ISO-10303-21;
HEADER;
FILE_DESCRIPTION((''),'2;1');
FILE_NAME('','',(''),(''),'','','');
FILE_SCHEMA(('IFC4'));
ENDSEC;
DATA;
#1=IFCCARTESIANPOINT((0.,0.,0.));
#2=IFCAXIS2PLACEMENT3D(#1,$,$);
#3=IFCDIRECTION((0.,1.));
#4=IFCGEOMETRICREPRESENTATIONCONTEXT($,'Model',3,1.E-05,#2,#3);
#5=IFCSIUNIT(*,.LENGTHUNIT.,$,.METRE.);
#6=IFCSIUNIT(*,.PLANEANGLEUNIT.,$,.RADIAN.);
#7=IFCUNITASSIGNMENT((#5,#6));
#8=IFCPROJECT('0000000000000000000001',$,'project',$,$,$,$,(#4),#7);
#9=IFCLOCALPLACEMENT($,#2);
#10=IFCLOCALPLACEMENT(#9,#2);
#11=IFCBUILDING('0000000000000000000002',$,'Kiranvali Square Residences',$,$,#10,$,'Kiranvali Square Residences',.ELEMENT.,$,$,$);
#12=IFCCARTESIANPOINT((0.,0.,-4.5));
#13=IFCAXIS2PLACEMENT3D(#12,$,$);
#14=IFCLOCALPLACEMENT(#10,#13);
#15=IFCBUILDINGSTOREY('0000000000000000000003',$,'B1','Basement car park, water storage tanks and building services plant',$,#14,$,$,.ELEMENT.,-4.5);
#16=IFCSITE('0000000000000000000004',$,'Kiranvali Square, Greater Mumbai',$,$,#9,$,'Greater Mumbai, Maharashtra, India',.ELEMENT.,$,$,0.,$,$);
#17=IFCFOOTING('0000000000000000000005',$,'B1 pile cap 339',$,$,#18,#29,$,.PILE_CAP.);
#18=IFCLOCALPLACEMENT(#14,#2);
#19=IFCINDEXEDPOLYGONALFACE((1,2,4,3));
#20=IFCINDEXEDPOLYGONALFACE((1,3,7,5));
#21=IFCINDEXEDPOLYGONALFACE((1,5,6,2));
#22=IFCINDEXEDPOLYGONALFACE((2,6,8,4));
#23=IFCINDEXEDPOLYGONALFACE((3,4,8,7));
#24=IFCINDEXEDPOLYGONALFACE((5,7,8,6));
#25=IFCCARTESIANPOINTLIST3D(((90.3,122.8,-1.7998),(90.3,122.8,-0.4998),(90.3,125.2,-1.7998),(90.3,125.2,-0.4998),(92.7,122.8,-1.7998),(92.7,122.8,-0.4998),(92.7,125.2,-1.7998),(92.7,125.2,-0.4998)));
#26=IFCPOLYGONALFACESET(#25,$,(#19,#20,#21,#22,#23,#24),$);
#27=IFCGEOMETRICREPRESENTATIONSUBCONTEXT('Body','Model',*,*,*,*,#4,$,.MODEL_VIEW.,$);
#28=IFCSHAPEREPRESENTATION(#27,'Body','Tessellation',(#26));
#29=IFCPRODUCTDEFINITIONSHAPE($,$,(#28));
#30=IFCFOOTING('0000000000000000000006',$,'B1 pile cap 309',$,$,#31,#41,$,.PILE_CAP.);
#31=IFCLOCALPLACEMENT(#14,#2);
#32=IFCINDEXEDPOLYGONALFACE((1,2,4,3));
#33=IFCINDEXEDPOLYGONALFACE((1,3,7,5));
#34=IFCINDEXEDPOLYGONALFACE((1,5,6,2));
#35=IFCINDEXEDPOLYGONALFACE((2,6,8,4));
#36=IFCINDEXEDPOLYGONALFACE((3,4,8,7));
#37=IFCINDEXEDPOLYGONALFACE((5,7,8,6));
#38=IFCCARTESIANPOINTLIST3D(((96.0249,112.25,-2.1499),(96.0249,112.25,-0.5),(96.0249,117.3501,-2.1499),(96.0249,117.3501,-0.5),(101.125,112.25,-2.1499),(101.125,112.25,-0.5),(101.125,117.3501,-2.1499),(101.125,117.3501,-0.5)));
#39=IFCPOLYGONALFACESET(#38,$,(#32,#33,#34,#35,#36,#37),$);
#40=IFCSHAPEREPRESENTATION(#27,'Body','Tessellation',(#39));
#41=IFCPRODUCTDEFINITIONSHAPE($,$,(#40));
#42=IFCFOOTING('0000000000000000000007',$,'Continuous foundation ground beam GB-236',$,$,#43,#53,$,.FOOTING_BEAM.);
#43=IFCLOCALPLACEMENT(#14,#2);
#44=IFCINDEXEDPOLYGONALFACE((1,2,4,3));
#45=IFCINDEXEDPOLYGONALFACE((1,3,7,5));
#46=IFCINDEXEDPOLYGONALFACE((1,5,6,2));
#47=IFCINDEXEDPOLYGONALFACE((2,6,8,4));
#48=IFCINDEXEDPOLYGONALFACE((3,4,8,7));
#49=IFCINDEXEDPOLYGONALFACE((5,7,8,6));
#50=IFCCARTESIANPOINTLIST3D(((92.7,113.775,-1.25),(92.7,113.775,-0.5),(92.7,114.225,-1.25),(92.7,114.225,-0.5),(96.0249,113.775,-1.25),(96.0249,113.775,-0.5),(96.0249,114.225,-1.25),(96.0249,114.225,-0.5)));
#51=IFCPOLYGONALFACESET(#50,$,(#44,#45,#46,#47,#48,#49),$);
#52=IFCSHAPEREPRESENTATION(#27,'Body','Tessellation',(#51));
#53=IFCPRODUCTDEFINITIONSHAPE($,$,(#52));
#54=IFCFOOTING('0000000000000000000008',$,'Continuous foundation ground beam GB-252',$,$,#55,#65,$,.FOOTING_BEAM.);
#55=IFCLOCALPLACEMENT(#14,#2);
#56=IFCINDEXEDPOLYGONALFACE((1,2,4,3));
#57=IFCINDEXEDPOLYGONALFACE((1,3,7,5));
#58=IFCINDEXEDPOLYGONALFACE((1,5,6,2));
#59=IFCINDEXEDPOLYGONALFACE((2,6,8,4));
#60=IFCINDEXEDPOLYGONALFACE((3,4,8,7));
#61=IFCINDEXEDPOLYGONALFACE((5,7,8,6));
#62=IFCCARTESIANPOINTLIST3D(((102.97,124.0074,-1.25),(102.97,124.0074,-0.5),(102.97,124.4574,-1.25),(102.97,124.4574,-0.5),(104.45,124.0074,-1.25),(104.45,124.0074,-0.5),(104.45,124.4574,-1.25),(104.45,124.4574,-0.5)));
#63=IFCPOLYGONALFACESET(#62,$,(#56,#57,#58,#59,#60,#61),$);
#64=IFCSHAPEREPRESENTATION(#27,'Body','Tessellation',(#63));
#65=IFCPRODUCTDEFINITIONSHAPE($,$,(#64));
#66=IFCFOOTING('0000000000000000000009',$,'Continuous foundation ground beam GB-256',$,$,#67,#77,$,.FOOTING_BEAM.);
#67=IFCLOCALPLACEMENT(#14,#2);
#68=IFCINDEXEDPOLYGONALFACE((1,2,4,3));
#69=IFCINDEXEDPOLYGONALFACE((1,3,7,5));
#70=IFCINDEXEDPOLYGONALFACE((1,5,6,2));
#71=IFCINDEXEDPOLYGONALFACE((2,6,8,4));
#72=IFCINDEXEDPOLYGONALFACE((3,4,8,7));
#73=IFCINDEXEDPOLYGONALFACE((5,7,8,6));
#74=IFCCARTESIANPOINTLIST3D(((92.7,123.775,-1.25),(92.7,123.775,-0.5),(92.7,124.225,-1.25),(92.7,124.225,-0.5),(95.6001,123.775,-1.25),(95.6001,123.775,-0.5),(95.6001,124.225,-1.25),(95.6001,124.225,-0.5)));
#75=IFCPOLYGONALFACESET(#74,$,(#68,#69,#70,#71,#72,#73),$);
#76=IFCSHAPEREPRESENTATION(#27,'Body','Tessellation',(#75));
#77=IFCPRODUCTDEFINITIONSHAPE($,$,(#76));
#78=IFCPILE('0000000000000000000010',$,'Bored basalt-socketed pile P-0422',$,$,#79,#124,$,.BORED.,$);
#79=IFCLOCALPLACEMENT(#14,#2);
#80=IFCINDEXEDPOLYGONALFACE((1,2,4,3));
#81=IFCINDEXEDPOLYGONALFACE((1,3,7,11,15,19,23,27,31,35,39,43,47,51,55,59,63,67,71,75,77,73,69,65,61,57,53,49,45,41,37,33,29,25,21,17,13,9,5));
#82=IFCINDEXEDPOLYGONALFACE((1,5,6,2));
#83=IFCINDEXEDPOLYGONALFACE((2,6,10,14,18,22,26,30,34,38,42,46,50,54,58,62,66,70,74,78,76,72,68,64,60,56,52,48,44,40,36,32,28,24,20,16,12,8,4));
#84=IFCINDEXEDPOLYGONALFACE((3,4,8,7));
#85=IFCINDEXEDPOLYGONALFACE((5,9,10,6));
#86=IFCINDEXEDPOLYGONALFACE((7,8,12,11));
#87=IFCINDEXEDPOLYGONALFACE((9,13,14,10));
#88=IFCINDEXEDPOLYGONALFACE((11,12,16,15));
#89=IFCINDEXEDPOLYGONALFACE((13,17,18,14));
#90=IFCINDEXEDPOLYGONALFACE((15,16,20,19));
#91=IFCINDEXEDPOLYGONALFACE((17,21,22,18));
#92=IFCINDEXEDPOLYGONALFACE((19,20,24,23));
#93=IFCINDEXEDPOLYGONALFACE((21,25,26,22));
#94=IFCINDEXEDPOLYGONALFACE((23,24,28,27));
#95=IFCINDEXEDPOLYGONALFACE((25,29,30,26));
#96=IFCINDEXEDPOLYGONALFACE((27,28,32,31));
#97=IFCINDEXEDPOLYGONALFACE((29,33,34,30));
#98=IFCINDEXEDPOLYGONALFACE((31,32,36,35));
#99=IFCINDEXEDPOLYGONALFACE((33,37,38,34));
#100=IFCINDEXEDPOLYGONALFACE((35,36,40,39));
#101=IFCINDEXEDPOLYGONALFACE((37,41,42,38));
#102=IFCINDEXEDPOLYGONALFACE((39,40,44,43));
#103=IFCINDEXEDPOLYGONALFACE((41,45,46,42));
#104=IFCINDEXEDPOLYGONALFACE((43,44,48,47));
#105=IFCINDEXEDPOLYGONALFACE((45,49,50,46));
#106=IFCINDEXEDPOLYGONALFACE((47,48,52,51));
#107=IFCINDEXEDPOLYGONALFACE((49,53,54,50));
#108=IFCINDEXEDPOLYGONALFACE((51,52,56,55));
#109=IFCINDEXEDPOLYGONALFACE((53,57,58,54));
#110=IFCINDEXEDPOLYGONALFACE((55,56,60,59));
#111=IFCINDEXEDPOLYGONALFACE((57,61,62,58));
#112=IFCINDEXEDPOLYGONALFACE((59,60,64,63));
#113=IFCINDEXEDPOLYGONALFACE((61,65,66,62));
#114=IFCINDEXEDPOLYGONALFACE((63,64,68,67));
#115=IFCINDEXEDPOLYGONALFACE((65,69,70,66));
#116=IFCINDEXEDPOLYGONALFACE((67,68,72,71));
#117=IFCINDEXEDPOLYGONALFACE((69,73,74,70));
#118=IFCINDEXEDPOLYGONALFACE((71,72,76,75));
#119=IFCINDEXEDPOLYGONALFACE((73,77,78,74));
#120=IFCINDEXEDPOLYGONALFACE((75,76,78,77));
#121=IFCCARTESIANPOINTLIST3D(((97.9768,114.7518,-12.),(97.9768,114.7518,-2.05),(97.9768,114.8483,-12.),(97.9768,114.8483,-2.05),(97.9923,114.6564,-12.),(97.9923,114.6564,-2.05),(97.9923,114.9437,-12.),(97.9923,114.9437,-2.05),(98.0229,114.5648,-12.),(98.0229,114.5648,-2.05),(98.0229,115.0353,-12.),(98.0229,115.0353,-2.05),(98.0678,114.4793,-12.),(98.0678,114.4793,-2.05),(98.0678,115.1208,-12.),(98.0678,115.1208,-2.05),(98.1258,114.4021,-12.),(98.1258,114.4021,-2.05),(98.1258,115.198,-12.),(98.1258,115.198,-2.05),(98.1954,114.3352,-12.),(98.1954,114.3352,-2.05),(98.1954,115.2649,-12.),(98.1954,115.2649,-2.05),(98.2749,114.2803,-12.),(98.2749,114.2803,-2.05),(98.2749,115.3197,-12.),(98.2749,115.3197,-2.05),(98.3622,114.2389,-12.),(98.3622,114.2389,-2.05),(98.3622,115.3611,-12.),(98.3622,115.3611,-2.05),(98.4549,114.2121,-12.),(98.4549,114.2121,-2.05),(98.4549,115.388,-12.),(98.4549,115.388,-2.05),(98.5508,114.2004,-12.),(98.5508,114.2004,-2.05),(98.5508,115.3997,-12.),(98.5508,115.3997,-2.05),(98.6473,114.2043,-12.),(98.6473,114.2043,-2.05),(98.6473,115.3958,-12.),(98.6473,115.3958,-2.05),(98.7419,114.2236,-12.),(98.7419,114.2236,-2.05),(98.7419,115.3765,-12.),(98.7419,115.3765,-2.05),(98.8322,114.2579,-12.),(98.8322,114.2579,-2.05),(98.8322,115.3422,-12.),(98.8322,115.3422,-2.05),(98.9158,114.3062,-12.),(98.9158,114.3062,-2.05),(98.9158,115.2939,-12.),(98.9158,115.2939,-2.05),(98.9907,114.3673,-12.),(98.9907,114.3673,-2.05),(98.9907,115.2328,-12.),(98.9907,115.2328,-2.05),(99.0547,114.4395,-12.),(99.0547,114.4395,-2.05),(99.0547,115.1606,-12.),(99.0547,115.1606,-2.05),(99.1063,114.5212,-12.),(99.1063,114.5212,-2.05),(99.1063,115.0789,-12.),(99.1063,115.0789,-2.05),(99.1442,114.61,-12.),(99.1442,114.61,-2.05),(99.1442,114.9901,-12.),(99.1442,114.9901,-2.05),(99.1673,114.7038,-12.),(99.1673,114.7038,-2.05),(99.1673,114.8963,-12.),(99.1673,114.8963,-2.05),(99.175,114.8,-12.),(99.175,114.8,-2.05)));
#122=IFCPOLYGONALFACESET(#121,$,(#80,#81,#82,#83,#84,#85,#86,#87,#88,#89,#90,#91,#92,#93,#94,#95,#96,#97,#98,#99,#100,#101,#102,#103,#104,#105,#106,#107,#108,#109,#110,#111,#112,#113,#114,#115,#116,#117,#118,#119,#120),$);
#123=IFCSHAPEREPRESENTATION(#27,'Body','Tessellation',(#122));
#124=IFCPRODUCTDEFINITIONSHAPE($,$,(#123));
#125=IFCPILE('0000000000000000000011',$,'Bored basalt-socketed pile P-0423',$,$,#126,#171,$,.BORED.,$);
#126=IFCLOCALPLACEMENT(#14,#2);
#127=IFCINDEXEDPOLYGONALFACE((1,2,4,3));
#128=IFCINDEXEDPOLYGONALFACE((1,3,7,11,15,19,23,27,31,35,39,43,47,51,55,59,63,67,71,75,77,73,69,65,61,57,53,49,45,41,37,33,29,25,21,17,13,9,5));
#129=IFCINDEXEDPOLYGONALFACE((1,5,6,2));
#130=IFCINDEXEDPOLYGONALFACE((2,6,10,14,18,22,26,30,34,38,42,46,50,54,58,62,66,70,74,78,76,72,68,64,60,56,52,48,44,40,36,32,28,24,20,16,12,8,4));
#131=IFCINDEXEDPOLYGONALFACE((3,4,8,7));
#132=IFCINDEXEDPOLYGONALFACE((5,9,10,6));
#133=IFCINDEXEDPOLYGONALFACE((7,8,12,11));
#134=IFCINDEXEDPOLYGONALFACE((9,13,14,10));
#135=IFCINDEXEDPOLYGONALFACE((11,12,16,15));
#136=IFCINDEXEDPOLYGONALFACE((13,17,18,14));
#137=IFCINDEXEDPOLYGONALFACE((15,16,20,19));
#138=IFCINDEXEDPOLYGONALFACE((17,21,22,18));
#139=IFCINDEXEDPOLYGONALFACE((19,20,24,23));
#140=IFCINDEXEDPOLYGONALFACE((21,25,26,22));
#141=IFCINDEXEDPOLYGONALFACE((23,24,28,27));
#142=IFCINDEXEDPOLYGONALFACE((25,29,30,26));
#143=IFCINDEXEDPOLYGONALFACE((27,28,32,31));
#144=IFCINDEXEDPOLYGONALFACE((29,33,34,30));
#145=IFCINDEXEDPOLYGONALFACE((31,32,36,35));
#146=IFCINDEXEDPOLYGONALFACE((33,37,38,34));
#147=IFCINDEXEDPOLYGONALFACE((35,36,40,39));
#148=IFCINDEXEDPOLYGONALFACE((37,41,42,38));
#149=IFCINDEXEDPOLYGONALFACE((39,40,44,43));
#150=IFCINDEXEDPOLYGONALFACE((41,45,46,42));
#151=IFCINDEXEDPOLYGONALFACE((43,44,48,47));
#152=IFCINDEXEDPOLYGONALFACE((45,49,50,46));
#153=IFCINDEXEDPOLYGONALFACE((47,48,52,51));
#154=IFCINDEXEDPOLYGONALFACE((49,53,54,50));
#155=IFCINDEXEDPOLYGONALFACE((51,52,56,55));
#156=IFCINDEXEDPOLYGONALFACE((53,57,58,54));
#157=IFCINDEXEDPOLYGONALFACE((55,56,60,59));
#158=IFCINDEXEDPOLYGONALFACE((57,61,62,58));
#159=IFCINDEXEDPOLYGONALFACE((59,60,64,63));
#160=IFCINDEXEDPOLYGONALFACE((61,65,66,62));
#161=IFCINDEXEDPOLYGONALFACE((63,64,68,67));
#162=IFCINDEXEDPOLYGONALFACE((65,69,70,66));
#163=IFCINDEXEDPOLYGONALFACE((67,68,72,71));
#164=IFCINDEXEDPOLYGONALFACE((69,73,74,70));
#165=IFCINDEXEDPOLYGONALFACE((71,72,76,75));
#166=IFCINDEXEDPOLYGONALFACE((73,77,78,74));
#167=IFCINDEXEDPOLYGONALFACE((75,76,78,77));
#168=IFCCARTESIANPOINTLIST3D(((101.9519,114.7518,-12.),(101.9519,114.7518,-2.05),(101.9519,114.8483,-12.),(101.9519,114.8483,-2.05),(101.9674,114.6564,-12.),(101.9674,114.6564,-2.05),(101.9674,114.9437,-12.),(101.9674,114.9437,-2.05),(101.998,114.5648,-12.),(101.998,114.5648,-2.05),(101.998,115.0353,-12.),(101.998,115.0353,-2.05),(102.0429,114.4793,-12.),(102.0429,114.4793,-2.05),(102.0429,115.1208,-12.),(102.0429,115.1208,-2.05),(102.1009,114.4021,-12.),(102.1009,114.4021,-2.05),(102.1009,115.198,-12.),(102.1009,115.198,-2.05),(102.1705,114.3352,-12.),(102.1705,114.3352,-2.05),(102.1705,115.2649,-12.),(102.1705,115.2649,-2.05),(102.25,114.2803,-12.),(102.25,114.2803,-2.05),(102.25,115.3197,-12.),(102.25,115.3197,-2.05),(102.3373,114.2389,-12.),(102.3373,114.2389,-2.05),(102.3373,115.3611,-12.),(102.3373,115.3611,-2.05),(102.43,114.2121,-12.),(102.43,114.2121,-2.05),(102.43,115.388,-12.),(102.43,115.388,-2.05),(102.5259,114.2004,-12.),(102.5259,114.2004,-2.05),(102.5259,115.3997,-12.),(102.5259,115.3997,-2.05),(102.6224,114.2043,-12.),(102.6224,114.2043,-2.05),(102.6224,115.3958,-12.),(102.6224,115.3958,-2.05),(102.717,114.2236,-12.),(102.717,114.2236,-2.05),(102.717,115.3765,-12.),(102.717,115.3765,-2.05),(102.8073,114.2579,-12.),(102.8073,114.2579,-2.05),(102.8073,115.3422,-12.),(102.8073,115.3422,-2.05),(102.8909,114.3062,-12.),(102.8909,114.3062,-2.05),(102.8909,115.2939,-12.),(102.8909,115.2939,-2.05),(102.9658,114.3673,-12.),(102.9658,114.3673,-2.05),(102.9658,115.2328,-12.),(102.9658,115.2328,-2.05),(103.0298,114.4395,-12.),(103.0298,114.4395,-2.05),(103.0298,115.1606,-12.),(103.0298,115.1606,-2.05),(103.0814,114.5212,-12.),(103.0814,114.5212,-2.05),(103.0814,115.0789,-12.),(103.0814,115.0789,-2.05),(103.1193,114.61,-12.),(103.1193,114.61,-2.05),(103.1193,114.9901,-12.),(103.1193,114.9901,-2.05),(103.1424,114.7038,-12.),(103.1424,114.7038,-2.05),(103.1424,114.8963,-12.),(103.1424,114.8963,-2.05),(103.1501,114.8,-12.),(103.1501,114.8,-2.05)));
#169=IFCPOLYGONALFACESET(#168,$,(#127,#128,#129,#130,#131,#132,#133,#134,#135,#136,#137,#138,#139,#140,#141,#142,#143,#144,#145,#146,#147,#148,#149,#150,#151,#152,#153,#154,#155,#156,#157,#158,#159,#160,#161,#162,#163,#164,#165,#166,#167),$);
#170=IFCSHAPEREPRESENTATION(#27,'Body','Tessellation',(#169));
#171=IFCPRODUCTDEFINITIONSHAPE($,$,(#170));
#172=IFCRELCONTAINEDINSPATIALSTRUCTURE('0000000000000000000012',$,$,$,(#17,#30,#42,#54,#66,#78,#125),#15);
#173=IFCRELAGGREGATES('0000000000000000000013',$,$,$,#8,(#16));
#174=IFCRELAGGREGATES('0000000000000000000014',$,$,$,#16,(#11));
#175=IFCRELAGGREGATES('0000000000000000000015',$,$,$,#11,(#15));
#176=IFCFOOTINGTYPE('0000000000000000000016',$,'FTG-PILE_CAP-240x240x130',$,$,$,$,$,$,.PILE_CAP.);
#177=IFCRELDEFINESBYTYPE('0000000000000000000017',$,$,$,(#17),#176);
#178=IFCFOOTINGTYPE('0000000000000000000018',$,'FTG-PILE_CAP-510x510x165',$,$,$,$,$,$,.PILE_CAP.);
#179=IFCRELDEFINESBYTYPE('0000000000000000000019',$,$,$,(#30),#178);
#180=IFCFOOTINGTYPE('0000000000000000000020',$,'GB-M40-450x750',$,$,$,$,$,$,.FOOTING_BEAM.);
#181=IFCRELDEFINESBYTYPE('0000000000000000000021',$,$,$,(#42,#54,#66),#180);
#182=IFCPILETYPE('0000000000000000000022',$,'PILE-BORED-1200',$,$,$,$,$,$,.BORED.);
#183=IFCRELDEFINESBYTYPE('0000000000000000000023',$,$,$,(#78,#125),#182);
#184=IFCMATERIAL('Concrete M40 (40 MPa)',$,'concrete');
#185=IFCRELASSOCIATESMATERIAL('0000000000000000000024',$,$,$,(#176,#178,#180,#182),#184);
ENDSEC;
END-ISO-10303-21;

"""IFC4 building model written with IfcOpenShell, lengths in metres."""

from ifc_helpers import new_model, si_unit, direction, frame, origin, origin_2d, place, context, subcontext, project, spatial, rectangle, circle, extrude, material, material_profile, profile_set, type_object, element, save


model = new_model("IFC4")

# Units and contexts
model_context = context("Model", 3, precision=1e-05, world=origin(), true_north=direction((0.0, 1.0)))
body_context = subcontext(model_context, "Body", "Model", "MODEL_VIEW")
ifc_project = project(units=[si_unit("LENGTHUNIT", "METRE"), si_unit("PLANEANGLEUNIT", "RADIAN")], contexts=[model_context])

# Site, building, storey
site_placement = place(None, origin())
site = spatial("IfcSite", under=ifc_project, at=site_placement, Name="Kiranvali Square, Greater Mumbai", LongName="Greater Mumbai, Maharashtra, India", CompositionType="ELEMENT", RefElevation=0.0)
building_placement = place(site_placement, origin())
building = spatial("IfcBuilding", under=site, at=building_placement, Name="Kiranvali Square Residences", LongName="Kiranvali Square Residences", CompositionType="ELEMENT")
storey_placement = place(building_placement, frame((0.0, 0.0, -4.5)))
storey = spatial("IfcBuildingStorey", under=building, at=storey_placement, Name="B1", Description="Basement car park, water storage tanks and building services plant", CompositionType="ELEMENT", Elevation=-4.5)

# Footings
ifc_material_1 = material(Name="Concrete M40 (40 MPa)", Category="concrete")
footing_type_1 = type_object("IfcFootingType", Name="FTG-PILE_CAP-240x240x130", PredefinedType="PILE_CAP", material=ifc_material_1)
footing_1_placement = place(storey_placement, frame((91.5, 124.0, -1.7998), z_axis=(0.0, 0.0, 1.0), x_axis=(1.0, 0.0, 0.0)))
element("IfcFooting", 1, at=footing_1_placement, inside=storey, type_object=footing_type_1, Name="B1 pile cap 339", PredefinedType="PILE_CAP", context=body_context, shape_type="SweptSolid", body=[
    extrude(rectangle(XDim=2.3999, YDim=2.3999, at=origin_2d()), origin(), (0.0, 0.0, 1.0), 1.3),
])
footing_type_2 = type_object("IfcFootingType", Name="FTG-PILE_CAP-510x510x165", PredefinedType="PILE_CAP", material=ifc_material_1)
footing_2_placement = place(storey_placement, frame((98.575, 114.8, -2.1499), z_axis=(0.0, 0.0, 1.0), x_axis=(1.0, 0.0, 0.0)))
element("IfcFooting", 2, at=footing_2_placement, inside=storey, type_object=footing_type_2, Name="B1 pile cap 309", PredefinedType="PILE_CAP", context=body_context, shape_type="SweptSolid", body=[
    extrude(rectangle(XDim=5.1001, YDim=5.1001, at=origin_2d()), origin(), (0.0, 0.0, 1.0), 1.6499),
])
ifc_material_profile_1 = material_profile(ifc_material_1, rectangle(XDim=0.45, YDim=0.75, at=origin_2d()), Name="GB 450x750")
ifc_profile_set_1 = profile_set([ifc_material_profile_1], Name="Concrete M40 (40 MPa)")
footing_type_3 = type_object("IfcFootingType", Name="GB-M40-450x750", PredefinedType="FOOTING_BEAM", material=ifc_profile_set_1)
footing_3_placement = place(storey_placement, frame((92.7, 114.0, -0.875), z_axis=(1.0, 0.0, 0.0), x_axis=(0.0, 1.0, 0.0)))
element("IfcFooting", 3, at=footing_3_placement, inside=storey, type_object=footing_type_3, Name="Continuous foundation ground beam GB-236", PredefinedType="FOOTING_BEAM", context=body_context, shape_type="SweptSolid", body=[
    extrude(rectangle(XDim=0.45, YDim=0.75, at=origin_2d()), origin(), (0.0, 0.0, 1.0), 3.325),
])
footing_4_placement = place(storey_placement, frame((102.97, 124.2324, -0.875), z_axis=(1.0, 0.0, 0.0), x_axis=(0.0, 1.0, 0.0)))
element("IfcFooting", 4, at=footing_4_placement, inside=storey, type_object=footing_type_3, Name="Continuous foundation ground beam GB-252", PredefinedType="FOOTING_BEAM", context=body_context, shape_type="SweptSolid", body=[
    extrude(rectangle(XDim=0.45, YDim=0.75, at=origin_2d()), origin(), (0.0, 0.0, 1.0), 1.48),
])
footing_5_placement = place(storey_placement, frame((92.7, 124.0, -0.875), z_axis=(1.0, 0.0, 0.0), x_axis=(0.0, 1.0, 0.0)))
element("IfcFooting", 5, at=footing_5_placement, inside=storey, type_object=footing_type_3, Name="Continuous foundation ground beam GB-256", PredefinedType="FOOTING_BEAM", context=body_context, shape_type="SweptSolid", body=[
    extrude(rectangle(XDim=0.45, YDim=0.75, at=origin_2d()), origin(), (0.0, 0.0, 1.0), 2.9001),
])

# Piles
ifc_material_profile_2 = material_profile(ifc_material_1, circle(Radius=0.6001, at=origin_2d()), Name="BORED PILE 1200")
ifc_profile_set_2 = profile_set([ifc_material_profile_2], Name="Concrete M40 (40 MPa)")
pile_type_1 = type_object("IfcPileType", Name="PILE-BORED-1200", PredefinedType="BORED", material=ifc_profile_set_2)
for number, where, z_axis, x_axis, name in (
    (6, (98.575, 114.8, -2.05), (0.0, 0.0, -1.0), (1.0, 0.0, 0.0), "Bored basalt-socketed pile P-0422"),
    (7, (102.55, 114.8, -2.05), (0.0, 0.0, -1.0), (1.0, 0.0, 0.0), "Bored basalt-socketed pile P-0423"),
):
    element("IfcPile", number, at=place(storey_placement, frame(where, z_axis=z_axis, x_axis=x_axis)), inside=storey, type_object=pile_type_1, Name=name, PredefinedType="BORED", context=body_context, shape_type="SweptSolid", body=[
        extrude(circle(Radius=0.6001, at=origin_2d()), origin(), (0.0, 0.0, 1.0), 9.95),
    ])

save(model, "model.ifc")
